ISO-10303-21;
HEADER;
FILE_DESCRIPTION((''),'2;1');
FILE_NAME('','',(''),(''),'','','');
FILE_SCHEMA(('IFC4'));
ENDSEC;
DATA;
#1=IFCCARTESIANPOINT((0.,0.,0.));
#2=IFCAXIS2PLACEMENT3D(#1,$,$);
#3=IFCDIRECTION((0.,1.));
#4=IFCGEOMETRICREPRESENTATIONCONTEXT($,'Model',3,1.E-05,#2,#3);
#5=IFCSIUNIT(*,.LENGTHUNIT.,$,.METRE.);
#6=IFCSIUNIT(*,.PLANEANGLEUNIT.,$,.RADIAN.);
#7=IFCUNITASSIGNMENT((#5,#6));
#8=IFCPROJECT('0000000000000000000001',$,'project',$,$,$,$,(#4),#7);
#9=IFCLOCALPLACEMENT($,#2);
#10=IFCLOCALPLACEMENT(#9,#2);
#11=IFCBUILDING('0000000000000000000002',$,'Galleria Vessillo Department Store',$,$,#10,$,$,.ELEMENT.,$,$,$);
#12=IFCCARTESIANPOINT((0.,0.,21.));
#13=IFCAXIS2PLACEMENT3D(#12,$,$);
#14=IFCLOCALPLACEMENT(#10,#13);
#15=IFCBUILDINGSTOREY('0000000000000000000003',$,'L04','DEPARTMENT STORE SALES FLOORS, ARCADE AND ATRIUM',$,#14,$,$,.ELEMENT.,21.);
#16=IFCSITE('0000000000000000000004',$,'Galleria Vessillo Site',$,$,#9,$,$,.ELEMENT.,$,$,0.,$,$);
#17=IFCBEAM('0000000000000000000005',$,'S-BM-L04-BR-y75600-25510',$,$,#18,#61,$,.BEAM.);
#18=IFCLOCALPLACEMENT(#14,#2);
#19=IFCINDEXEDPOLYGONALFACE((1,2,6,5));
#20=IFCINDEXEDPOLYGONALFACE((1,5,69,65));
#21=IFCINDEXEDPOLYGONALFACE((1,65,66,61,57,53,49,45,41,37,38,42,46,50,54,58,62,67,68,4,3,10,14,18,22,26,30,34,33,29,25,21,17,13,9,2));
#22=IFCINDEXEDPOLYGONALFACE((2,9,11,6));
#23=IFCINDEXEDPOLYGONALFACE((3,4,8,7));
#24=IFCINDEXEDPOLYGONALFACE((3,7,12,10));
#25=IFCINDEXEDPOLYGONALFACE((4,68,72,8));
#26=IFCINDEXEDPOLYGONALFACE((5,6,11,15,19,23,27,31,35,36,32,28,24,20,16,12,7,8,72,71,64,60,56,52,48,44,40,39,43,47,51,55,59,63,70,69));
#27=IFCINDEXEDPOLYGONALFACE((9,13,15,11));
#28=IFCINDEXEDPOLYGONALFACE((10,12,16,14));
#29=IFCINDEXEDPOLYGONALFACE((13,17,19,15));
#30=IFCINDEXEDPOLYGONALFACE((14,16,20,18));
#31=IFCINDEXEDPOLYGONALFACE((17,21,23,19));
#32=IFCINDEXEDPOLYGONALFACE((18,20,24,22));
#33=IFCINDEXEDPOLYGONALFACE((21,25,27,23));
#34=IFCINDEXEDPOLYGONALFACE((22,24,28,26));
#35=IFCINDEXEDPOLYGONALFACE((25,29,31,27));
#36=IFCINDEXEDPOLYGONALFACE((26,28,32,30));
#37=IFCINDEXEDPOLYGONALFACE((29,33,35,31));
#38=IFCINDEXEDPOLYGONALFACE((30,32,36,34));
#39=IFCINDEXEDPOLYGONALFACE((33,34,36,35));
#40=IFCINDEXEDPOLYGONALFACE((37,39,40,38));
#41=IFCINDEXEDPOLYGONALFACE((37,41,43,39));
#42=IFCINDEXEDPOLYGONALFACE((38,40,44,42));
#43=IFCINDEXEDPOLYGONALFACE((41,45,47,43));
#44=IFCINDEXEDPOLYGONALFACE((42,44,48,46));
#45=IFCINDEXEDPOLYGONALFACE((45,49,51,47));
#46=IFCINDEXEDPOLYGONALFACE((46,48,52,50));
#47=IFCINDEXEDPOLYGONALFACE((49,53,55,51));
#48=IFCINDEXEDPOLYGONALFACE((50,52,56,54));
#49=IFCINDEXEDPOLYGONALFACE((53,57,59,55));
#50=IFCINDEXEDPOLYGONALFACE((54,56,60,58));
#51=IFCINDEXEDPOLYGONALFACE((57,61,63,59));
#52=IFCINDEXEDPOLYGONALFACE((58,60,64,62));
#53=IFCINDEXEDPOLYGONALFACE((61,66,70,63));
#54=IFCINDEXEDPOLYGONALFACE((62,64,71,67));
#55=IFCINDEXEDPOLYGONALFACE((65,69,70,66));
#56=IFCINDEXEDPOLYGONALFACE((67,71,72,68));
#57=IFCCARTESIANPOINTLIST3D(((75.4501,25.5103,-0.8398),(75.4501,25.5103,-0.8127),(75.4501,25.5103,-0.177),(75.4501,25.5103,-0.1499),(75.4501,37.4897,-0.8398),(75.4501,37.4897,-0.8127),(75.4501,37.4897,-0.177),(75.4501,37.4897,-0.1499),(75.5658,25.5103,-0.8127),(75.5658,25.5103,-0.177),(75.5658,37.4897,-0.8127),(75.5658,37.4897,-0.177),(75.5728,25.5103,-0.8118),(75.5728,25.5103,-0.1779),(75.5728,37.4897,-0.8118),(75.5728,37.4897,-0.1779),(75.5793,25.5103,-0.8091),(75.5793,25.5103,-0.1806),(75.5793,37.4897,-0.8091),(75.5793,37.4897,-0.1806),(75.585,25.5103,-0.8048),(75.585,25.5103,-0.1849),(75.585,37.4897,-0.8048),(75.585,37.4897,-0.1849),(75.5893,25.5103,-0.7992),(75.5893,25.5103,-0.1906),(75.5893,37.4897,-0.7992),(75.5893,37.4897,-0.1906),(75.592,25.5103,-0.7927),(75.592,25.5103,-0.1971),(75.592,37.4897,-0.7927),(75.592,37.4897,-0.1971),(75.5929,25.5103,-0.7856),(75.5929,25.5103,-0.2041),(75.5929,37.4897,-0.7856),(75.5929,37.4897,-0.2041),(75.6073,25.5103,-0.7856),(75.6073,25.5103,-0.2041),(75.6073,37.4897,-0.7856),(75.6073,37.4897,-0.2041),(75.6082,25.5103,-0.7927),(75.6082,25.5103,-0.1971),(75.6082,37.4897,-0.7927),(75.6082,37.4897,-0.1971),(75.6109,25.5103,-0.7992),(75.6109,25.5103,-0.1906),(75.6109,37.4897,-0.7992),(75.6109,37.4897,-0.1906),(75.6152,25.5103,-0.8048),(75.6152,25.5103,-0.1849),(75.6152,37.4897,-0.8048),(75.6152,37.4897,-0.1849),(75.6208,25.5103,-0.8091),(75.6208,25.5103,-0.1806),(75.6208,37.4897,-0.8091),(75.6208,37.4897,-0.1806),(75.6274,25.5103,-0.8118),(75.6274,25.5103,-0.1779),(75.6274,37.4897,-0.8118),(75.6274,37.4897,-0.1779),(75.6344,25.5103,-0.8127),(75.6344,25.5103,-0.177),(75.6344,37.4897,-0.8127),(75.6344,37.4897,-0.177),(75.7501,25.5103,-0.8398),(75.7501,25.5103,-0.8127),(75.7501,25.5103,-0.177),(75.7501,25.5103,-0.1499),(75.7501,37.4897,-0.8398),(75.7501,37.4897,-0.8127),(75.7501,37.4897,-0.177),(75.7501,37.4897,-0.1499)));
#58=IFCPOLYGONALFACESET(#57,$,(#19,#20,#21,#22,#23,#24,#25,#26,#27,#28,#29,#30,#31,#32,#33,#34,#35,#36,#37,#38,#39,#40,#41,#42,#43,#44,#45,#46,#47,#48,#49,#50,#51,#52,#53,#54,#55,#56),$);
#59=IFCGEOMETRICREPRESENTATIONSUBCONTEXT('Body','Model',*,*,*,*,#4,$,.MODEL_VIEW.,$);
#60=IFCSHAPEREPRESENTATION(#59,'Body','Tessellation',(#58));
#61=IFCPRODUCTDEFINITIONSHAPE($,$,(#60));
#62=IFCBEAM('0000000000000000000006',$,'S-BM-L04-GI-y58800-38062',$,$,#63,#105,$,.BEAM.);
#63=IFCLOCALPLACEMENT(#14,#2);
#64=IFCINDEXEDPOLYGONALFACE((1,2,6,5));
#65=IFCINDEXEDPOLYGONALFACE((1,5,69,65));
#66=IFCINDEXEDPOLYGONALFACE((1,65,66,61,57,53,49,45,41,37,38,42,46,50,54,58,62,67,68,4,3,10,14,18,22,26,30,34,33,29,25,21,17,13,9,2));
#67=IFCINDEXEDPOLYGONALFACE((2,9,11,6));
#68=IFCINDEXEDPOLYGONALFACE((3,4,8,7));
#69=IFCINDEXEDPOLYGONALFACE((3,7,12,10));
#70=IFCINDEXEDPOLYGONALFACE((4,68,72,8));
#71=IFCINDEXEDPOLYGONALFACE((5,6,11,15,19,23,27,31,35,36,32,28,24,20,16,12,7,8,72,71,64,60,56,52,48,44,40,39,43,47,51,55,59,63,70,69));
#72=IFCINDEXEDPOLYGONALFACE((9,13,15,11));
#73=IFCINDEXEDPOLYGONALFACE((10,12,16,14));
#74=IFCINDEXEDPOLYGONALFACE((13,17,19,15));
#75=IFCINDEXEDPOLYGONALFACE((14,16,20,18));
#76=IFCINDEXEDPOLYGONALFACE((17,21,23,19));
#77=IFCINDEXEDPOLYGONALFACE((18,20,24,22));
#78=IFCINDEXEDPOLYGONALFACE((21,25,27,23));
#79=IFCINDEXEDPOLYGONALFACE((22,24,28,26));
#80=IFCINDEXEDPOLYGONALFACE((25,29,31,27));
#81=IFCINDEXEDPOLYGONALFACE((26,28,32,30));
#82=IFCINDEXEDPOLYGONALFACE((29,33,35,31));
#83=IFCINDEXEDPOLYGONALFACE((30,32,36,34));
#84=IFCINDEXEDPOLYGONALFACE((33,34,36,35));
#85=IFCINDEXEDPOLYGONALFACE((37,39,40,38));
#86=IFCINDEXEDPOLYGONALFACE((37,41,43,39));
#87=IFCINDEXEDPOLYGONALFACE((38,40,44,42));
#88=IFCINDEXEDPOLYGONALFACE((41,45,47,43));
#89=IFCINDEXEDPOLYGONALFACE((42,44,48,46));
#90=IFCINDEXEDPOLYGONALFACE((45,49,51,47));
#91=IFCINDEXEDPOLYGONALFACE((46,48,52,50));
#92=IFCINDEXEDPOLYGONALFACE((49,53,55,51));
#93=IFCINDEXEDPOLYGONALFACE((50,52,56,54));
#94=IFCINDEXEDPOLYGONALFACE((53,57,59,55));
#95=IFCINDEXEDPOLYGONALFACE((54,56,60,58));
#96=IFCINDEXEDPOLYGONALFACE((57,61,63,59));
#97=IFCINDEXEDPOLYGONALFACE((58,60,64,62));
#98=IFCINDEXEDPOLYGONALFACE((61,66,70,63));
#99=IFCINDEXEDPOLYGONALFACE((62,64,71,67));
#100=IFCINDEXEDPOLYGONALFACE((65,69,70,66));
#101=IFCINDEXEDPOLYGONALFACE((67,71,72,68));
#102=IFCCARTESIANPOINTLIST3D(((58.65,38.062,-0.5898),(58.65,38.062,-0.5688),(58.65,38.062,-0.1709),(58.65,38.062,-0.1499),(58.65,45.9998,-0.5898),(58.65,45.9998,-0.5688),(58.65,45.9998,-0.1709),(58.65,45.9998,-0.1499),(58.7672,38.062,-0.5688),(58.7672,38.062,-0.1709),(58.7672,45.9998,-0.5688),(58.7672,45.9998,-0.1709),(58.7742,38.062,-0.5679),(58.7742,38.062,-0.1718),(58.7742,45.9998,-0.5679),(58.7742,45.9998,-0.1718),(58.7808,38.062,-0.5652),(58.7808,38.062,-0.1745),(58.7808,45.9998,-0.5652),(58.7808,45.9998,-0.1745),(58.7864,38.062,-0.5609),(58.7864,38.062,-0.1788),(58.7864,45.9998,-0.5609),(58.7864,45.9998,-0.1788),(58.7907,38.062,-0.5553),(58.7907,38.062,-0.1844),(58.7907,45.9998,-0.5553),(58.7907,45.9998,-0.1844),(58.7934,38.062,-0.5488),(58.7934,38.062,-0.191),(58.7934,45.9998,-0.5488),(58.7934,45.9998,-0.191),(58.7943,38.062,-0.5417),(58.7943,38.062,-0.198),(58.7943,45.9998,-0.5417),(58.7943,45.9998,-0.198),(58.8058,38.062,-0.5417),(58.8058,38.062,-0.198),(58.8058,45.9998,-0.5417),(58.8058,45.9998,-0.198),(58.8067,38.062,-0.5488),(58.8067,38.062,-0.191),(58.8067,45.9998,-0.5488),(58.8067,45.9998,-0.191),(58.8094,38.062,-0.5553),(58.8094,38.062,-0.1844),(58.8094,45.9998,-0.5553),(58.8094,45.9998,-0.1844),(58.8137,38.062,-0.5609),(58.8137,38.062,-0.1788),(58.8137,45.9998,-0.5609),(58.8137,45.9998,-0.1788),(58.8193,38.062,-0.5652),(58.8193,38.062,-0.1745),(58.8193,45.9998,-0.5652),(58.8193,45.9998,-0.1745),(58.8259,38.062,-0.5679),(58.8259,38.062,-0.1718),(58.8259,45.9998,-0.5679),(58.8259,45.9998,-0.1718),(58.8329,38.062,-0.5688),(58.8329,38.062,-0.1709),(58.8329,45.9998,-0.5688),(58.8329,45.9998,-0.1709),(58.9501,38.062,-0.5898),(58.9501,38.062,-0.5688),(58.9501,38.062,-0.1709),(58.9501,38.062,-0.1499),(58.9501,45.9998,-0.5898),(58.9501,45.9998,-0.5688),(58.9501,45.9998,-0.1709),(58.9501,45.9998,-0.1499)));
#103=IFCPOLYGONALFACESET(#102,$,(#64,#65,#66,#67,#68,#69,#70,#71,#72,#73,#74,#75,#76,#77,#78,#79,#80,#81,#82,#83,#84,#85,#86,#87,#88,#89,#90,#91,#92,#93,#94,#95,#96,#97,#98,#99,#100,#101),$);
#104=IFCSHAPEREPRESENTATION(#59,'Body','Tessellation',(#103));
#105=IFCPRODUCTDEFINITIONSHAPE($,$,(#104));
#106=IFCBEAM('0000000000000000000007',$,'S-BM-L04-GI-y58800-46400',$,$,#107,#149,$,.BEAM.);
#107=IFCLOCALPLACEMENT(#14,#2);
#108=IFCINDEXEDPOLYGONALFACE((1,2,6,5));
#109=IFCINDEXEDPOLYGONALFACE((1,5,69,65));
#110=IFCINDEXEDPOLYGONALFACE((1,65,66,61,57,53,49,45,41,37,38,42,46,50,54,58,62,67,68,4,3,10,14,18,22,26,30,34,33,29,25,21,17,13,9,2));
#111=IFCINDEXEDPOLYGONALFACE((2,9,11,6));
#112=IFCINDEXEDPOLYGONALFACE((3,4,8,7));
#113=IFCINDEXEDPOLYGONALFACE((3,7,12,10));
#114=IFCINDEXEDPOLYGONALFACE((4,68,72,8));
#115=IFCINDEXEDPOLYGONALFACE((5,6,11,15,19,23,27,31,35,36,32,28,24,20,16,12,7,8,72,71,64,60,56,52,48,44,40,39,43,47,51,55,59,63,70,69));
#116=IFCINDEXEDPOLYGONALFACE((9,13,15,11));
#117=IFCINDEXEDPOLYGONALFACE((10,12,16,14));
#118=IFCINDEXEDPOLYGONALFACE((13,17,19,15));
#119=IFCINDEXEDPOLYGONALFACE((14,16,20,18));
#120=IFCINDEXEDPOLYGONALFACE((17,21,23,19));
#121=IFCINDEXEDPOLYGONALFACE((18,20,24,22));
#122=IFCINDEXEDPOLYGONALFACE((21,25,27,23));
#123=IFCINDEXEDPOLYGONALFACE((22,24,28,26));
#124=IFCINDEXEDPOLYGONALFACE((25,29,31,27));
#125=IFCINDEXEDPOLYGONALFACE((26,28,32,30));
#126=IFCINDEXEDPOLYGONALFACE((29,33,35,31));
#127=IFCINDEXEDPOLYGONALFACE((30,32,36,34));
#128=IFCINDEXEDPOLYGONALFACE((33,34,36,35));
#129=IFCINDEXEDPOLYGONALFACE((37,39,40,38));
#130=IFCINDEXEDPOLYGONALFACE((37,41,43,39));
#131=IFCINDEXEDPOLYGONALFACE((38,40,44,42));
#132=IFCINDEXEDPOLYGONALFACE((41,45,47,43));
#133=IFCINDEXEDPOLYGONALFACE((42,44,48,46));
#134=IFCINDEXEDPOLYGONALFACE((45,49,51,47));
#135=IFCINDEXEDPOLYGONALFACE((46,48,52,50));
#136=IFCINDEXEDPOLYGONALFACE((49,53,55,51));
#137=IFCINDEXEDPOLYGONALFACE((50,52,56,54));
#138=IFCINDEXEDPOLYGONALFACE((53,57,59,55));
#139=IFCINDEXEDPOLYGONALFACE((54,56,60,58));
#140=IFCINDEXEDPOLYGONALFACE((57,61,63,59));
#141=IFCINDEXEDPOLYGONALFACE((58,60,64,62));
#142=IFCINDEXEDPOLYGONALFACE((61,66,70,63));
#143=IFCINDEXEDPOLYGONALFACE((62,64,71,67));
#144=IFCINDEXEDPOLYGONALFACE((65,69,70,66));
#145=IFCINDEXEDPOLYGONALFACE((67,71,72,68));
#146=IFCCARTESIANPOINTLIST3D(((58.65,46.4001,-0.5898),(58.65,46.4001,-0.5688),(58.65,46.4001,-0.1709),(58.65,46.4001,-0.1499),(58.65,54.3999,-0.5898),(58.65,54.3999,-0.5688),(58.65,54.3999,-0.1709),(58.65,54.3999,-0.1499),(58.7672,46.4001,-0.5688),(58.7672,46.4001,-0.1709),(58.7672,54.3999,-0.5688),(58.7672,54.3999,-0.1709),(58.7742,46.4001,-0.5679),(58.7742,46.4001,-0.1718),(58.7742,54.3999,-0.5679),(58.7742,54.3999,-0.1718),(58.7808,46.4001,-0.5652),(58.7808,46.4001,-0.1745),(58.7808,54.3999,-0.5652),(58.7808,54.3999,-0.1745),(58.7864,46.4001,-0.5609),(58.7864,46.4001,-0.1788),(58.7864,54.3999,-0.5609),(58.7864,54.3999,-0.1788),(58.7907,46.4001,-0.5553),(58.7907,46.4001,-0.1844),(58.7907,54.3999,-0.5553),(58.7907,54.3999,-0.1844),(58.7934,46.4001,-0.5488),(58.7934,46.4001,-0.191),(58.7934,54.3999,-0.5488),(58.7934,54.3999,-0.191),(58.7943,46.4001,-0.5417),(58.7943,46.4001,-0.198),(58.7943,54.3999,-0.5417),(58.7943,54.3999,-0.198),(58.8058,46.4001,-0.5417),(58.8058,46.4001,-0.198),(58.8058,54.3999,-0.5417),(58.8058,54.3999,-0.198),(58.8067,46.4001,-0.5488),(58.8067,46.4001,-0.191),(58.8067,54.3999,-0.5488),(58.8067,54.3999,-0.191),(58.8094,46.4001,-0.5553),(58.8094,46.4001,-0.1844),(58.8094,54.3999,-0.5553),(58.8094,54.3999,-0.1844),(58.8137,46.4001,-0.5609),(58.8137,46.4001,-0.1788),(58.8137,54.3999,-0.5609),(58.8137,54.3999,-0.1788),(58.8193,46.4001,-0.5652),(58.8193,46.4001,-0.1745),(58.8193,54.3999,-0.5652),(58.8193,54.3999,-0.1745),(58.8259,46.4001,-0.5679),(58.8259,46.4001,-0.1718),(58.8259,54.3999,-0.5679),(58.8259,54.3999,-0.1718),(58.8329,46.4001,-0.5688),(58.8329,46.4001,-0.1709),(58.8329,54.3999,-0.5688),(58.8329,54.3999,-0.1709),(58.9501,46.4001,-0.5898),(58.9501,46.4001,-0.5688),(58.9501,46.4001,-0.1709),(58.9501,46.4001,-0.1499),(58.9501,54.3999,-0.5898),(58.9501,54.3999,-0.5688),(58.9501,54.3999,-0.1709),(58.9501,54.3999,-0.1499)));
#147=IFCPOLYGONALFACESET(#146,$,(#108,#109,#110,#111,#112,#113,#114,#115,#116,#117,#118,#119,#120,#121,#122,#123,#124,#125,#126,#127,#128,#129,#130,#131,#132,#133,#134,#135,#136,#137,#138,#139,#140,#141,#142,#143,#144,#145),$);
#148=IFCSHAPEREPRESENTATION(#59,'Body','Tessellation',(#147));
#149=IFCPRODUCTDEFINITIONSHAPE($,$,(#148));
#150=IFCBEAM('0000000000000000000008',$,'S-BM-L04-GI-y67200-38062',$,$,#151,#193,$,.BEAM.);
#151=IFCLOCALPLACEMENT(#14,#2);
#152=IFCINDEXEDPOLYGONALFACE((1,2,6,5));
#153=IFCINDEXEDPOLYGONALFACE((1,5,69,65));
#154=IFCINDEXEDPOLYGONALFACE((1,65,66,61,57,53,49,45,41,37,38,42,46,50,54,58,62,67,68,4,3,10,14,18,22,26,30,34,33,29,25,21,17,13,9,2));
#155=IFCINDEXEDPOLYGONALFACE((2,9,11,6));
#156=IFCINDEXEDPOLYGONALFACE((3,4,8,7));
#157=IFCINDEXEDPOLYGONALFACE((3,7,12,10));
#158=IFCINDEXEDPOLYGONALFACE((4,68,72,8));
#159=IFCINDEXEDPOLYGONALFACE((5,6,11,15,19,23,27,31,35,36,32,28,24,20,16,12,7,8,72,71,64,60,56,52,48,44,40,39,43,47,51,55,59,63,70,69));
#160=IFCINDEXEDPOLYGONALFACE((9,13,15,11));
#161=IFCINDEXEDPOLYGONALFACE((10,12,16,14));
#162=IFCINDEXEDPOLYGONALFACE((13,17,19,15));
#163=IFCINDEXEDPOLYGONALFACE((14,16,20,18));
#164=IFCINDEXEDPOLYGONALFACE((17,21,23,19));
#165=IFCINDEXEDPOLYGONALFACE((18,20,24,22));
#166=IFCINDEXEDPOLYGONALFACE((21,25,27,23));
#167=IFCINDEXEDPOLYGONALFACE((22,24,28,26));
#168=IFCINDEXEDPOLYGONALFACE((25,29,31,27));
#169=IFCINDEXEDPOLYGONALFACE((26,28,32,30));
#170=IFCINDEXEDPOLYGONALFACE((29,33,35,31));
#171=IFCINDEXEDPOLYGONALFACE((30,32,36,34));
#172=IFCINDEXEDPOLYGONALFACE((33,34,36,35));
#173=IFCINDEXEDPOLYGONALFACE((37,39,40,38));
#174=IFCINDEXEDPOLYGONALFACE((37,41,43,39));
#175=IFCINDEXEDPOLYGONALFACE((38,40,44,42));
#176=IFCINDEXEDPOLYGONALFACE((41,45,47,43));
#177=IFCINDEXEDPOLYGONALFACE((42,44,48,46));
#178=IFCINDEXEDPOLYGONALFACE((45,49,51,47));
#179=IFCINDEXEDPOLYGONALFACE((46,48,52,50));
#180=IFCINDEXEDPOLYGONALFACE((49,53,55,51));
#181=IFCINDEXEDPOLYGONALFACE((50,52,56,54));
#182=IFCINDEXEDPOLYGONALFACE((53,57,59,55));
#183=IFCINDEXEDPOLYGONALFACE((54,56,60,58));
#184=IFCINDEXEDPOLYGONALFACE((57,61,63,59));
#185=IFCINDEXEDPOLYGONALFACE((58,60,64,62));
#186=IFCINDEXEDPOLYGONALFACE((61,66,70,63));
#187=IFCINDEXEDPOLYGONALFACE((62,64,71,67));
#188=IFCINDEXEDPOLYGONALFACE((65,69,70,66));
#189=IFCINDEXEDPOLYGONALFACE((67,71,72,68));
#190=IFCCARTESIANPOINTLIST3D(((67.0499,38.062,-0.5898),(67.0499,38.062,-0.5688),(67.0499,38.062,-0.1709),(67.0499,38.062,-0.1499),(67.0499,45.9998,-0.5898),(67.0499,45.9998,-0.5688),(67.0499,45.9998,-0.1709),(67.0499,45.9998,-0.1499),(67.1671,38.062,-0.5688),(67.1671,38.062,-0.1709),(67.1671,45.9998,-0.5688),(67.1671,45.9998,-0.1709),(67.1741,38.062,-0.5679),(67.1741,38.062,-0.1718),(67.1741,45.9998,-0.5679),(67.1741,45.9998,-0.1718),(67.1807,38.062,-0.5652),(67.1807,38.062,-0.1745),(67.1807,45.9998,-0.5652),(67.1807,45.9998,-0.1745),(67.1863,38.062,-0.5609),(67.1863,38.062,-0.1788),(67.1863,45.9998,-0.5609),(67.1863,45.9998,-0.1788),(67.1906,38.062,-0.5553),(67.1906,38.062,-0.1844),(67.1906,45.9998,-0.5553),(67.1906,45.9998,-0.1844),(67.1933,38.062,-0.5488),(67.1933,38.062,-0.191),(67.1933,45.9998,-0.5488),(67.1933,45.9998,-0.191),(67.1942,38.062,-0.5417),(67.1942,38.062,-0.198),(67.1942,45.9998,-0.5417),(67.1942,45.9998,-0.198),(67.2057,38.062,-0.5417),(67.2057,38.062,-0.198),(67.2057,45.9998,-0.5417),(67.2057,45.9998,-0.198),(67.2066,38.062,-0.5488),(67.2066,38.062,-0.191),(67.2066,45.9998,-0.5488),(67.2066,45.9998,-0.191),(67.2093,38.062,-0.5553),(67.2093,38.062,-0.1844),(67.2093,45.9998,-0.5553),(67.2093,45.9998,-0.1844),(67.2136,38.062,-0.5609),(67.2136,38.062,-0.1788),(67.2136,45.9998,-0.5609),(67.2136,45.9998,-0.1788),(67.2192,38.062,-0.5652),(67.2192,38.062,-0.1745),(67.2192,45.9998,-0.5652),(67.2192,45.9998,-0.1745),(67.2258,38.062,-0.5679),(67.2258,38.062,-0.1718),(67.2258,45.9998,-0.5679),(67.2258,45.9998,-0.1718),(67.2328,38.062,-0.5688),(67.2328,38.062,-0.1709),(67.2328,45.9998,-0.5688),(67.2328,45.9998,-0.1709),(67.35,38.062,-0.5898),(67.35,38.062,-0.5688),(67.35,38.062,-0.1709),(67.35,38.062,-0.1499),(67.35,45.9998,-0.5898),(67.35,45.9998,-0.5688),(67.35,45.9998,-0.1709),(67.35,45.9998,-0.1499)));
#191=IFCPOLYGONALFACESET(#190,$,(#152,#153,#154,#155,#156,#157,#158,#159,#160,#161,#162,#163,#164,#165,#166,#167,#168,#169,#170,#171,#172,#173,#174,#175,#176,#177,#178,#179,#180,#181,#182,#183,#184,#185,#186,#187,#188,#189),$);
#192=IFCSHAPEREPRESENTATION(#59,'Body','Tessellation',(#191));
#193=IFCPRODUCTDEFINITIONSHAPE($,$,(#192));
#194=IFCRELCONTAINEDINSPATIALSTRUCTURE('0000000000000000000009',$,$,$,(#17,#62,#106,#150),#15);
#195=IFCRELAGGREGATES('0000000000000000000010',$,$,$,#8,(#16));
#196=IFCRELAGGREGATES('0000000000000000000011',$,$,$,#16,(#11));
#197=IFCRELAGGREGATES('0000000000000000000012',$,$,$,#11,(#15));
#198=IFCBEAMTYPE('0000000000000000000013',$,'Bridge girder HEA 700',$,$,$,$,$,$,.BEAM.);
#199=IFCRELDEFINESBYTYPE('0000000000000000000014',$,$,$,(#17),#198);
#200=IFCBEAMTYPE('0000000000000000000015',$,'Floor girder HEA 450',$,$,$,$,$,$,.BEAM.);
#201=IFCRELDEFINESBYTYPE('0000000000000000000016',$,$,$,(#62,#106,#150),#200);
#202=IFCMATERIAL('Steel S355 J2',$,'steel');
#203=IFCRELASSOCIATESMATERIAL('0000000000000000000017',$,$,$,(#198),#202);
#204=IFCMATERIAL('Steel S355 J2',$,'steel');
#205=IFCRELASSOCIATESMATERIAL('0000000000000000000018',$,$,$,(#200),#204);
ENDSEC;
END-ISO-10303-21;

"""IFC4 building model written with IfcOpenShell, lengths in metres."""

from ifc_helpers import new_model, si_unit, direction, frame, origin, origin_2d, place, context, subcontext, project, spatial, i_section, extrude, material, material_profile, profile_set, type_object, element, save


model = new_model("IFC4")

# Units and contexts
model_context = context("Model", 3, precision=1e-05, world=origin(), true_north=direction((0.0, 1.0)))
body_context = subcontext(model_context, "Body", "Model", "MODEL_VIEW")
ifc_project = project(units=[si_unit("LENGTHUNIT", "METRE"), si_unit("PLANEANGLEUNIT", "RADIAN")], contexts=[model_context])

# Site, building, storey
site_placement = place(None, origin())
site = spatial("IfcSite", under=ifc_project, at=site_placement, Name="Galleria Vessillo Site", CompositionType="ELEMENT", RefElevation=0.0)
building_placement = place(site_placement, origin())
building = spatial("IfcBuilding", under=site, at=building_placement, Name="Galleria Vessillo Department Store", CompositionType="ELEMENT")
storey_placement = place(building_placement, frame((0.0, 0.0, 21.0)))
storey = spatial("IfcBuildingStorey", under=building, at=storey_placement, Name="L04", Description="DEPARTMENT STORE SALES FLOORS, ARCADE AND ATRIUM", CompositionType="ELEMENT", Elevation=21.0)

# Beams
ifc_material_1 = material(Name="Steel S355 J2", Category="steel")
ifc_material_profile_1 = material_profile(ifc_material_1, i_section(OverallWidth=0.3, OverallDepth=0.6899, WebThickness=0.0144, FlangeThickness=0.0271, FilletRadius=0.0271, at=origin_2d()), Name="HEA 700")
ifc_profile_set_1 = profile_set([ifc_material_profile_1], Name="Steel S355 J2")
beam_type_1 = type_object("IfcBeamType", Name="Bridge girder HEA 700", PredefinedType="BEAM", material=ifc_profile_set_1)
beam_1_placement = place(storey_placement, frame((75.6001, 25.5103, -0.4949), z_axis=(0.0, 1.0, 0.0), x_axis=(-1.0, 0.0, 0.0)))
element("IfcBeam", 1, at=beam_1_placement, inside=storey, type_object=beam_type_1, Name="S-BM-L04-BR-y75600-25510", PredefinedType="BEAM", context=body_context, shape_type="SweptSolid", body=[
    extrude(i_section(OverallWidth=0.3, OverallDepth=0.6899, WebThickness=0.0144, FlangeThickness=0.0271, FilletRadius=0.0271, at=origin_2d()), origin(), (0.0, 0.0, 1.0), 11.9795),
])
ifc_material_2 = material(Name="Steel S355 J2", Category="steel")
ifc_material_profile_2 = material_profile(ifc_material_2, i_section(OverallWidth=0.3, OverallDepth=0.4399, WebThickness=0.0115, FlangeThickness=0.021, FilletRadius=0.0271, at=origin_2d()), Name="HEA 450")
ifc_profile_set_2 = profile_set([ifc_material_profile_2], Name="Steel S355 J2")
beam_type_2 = type_object("IfcBeamType", Name="Floor girder HEA 450", PredefinedType="BEAM", material=ifc_profile_set_2)
beam_2_placement = place(storey_placement, frame((58.8, 38.062, -0.3699), z_axis=(0.0, 1.0, 0.0), x_axis=(-1.0, 0.0, 0.0)))
element("IfcBeam", 2, at=beam_2_placement, inside=storey, type_object=beam_type_2, Name="S-BM-L04-GI-y58800-38062", PredefinedType="BEAM", context=body_context, shape_type="SweptSolid", body=[
    extrude(i_section(OverallWidth=0.3, OverallDepth=0.4399, WebThickness=0.0115, FlangeThickness=0.021, FilletRadius=0.0271, at=origin_2d()), origin(), (0.0, 0.0, 1.0), 7.9377),
])
beam_3_placement = place(storey_placement, frame((58.8, 46.4001, -0.3699), z_axis=(0.0, 1.0, 0.0), x_axis=(-1.0, 0.0, 0.0)))
element("IfcBeam", 3, at=beam_3_placement, inside=storey, type_object=beam_type_2, Name="S-BM-L04-GI-y58800-46400", PredefinedType="BEAM", context=body_context, shape_type="SweptSolid", body=[
    extrude(i_section(OverallWidth=0.3, OverallDepth=0.4399, WebThickness=0.0115, FlangeThickness=0.021, FilletRadius=0.0271, at=origin_2d()), origin(), (0.0, 0.0, 1.0), 7.9998),
])
beam_4_placement = place(storey_placement, frame((67.2, 38.062, -0.3699), z_axis=(0.0, 1.0, 0.0), x_axis=(-1.0, 0.0, 0.0)))
element("IfcBeam", 4, at=beam_4_placement, inside=storey, type_object=beam_type_2, Name="S-BM-L04-GI-y67200-38062", PredefinedType="BEAM", context=body_context, shape_type="SweptSolid", body=[
    extrude(i_section(OverallWidth=0.3, OverallDepth=0.4399, WebThickness=0.0115, FlangeThickness=0.021, FilletRadius=0.0271, at=origin_2d()), origin(), (0.0, 0.0, 1.0), 7.9377),
])

save(model, "model.ifc")
